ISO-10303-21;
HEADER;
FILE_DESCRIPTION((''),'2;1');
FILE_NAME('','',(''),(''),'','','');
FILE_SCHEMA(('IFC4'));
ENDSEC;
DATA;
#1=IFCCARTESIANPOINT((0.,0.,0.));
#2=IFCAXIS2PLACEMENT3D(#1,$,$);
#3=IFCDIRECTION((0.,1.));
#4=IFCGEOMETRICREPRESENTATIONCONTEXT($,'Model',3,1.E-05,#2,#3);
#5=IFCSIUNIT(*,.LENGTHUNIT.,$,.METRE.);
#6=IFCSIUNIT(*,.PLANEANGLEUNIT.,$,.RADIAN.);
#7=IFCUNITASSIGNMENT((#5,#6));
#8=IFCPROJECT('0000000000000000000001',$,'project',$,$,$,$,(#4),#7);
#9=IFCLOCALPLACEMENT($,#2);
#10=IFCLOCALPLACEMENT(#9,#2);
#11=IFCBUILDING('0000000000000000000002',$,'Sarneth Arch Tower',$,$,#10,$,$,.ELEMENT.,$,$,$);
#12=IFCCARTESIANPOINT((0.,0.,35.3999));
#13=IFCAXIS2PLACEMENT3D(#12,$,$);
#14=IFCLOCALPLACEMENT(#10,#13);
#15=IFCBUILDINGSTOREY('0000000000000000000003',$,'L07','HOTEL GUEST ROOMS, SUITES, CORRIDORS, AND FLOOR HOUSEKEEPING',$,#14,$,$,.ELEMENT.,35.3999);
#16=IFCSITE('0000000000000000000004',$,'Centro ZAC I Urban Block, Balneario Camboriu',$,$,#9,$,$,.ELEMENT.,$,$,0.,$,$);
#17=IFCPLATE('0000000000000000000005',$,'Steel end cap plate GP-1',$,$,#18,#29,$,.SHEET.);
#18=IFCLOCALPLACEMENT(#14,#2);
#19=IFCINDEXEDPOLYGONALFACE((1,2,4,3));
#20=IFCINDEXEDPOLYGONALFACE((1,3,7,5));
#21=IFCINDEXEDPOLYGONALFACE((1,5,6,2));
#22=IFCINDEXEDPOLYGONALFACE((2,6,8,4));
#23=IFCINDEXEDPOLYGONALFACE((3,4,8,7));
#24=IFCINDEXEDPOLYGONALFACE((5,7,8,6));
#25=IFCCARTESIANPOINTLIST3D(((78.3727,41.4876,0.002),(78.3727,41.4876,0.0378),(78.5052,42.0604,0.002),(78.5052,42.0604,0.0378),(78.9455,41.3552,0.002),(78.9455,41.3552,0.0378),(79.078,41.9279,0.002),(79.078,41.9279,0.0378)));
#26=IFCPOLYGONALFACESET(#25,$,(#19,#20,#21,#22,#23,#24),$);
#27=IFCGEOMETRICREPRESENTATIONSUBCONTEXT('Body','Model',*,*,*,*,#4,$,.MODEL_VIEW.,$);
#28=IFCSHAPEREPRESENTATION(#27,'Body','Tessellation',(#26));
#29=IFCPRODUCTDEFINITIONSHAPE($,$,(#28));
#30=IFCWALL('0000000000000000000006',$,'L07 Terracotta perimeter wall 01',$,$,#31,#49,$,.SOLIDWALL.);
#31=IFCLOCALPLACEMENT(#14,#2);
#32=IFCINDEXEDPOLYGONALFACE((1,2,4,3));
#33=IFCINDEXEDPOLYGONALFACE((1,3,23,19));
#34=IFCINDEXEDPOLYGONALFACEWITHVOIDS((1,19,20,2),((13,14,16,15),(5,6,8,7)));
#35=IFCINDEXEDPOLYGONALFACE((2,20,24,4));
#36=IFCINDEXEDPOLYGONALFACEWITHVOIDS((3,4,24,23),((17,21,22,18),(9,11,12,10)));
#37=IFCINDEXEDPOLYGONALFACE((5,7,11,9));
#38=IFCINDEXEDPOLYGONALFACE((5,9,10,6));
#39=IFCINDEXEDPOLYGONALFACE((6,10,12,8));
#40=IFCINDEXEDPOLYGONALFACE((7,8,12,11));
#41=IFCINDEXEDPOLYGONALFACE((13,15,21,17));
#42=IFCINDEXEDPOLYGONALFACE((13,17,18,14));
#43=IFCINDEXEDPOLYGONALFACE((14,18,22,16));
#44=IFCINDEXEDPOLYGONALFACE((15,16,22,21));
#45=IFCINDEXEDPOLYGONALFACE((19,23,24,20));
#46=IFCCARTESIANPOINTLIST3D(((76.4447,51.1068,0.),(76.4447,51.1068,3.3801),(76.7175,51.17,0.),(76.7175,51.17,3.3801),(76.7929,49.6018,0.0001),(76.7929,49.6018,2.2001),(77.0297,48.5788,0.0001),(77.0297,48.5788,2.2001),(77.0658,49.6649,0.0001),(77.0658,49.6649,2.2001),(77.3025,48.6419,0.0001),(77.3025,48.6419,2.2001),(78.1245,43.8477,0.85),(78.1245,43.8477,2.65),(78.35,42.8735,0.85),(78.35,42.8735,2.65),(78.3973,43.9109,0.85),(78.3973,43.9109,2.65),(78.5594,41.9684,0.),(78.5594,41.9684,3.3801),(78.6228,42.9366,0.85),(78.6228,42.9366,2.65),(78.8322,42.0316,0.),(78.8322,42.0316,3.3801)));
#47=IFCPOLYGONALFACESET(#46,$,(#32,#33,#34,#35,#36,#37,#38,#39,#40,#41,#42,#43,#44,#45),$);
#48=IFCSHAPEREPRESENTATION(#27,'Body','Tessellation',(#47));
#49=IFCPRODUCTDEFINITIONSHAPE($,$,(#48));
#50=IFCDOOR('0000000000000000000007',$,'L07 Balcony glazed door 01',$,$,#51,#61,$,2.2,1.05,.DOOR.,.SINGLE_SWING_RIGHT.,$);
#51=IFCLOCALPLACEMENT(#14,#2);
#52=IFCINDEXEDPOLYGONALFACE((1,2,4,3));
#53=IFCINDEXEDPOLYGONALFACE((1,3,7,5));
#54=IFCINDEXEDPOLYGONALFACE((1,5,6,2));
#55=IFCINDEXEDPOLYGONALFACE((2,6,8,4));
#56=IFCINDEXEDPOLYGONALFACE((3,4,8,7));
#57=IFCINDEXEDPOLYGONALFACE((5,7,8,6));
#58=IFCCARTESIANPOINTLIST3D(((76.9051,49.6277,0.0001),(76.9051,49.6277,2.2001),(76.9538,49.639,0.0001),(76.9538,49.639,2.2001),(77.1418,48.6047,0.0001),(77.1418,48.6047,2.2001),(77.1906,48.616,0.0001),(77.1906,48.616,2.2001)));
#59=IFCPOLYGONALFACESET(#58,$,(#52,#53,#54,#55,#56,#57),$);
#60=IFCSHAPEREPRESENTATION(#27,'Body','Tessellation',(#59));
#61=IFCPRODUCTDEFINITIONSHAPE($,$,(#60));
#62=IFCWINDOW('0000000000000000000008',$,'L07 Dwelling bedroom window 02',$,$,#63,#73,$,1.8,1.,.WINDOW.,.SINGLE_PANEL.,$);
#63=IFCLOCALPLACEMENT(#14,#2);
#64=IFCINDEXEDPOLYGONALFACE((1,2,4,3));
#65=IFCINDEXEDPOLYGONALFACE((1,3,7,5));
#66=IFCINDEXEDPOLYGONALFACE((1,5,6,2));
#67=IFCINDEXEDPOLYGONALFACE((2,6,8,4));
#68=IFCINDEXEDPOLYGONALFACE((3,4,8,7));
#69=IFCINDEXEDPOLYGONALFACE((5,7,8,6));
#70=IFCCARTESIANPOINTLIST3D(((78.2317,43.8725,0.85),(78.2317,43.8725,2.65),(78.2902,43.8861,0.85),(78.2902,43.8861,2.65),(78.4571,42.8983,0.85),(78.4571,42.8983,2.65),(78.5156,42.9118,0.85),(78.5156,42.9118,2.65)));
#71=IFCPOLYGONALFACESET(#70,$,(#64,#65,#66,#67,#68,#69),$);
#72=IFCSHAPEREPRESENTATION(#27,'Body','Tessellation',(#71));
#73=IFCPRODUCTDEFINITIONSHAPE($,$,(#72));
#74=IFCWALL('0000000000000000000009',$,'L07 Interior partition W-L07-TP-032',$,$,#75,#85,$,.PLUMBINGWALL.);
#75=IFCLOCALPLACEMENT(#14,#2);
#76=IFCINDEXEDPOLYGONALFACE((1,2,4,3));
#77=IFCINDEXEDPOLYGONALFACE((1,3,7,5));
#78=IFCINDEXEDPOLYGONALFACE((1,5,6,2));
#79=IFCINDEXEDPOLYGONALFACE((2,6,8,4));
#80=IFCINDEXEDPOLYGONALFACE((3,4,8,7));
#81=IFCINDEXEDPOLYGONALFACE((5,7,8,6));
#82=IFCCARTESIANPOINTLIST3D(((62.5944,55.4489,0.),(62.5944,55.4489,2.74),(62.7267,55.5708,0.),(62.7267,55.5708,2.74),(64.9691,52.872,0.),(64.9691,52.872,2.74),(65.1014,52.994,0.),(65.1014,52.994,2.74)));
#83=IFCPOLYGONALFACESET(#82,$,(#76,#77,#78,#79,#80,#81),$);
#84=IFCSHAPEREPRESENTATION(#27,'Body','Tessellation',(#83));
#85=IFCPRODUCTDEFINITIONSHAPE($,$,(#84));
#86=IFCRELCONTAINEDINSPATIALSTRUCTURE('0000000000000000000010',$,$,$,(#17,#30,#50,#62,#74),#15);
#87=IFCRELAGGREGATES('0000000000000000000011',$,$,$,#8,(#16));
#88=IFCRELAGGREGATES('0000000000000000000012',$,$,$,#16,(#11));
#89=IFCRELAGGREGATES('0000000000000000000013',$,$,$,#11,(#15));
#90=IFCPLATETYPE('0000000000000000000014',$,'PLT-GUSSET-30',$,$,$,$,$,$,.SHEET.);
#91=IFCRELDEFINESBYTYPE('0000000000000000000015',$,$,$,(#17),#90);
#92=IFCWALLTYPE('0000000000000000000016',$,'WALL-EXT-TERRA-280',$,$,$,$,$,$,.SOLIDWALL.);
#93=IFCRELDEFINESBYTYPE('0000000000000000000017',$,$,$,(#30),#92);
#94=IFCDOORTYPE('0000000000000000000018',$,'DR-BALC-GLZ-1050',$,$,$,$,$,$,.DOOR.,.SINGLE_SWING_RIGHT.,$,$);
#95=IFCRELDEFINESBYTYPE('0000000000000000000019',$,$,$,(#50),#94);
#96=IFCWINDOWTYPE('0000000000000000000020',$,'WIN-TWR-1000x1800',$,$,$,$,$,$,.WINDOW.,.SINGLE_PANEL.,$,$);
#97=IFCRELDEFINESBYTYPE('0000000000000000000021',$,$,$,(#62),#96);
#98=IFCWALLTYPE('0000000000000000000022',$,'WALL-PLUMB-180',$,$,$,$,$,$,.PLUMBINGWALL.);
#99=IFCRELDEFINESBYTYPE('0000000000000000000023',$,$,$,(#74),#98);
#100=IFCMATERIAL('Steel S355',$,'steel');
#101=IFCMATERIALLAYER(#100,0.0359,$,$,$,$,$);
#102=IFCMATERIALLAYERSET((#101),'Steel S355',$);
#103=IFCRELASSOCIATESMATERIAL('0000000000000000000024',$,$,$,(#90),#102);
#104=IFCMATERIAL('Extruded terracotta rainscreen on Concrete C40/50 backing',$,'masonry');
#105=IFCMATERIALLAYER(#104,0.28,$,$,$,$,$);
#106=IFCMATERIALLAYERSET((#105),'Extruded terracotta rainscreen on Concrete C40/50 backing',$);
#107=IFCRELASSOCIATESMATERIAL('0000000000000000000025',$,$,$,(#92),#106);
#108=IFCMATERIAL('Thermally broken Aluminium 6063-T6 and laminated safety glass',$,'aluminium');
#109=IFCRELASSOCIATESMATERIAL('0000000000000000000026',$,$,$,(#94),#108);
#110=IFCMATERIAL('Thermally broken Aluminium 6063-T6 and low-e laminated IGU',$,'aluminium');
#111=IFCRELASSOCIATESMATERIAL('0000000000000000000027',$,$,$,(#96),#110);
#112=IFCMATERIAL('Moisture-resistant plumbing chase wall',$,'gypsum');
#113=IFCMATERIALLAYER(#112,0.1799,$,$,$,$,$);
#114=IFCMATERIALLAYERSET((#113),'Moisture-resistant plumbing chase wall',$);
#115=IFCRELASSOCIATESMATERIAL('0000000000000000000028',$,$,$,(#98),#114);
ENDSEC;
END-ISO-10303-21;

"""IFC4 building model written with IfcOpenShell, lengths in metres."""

from ifc_helpers import new_model, si_unit, direction, frame, frame_2d, origin, origin_2d, place, context, subcontext, project, spatial, rectangle, extrude, material, layer, layer_set, type_object, element, fill, save


model = new_model("IFC4")

# Units and contexts
model_context = context("Model", 3, precision=1e-05, world=origin(), true_north=direction((0.0, 1.0)))
body_context = subcontext(model_context, "Body", "Model", "MODEL_VIEW")
ifc_project = project(units=[si_unit("LENGTHUNIT", "METRE"), si_unit("PLANEANGLEUNIT", "RADIAN")], contexts=[model_context])

# Site, building, storey
site_placement = place(None, origin())
site = spatial("IfcSite", under=ifc_project, at=site_placement, Name="Centro ZAC I Urban Block, Balneario Camboriu", CompositionType="ELEMENT", RefElevation=0.0)
building_placement = place(site_placement, origin())
building = spatial("IfcBuilding", under=site, at=building_placement, Name="Sarneth Arch Tower", CompositionType="ELEMENT")
storey_placement = place(building_placement, frame((0.0, 0.0, 35.3999)))
storey = spatial("IfcBuildingStorey", under=building, at=storey_placement, Name="L07", Description="HOTEL GUEST ROOMS, SUITES, CORRIDORS, AND FLOOR HOUSEKEEPING", CompositionType="ELEMENT", Elevation=35.3999)

# Plate
ifc_material_1 = material(Name="Steel S355", Category="steel")
ifc_layer_1 = layer(ifc_material_1, 0.0359)
ifc_layer_set_1 = layer_set([ifc_layer_1], Name="Steel S355")
plate_type_1 = type_object("IfcPlateType", Name="PLT-GUSSET-30", PredefinedType="SHEET", material=ifc_layer_set_1)
plate_1_placement = place(storey_placement, frame((78.7253, 41.7078, 0.002), z_axis=(0.0, 0.0, 1.0), x_axis=(0.225291, 0.974291, 0.0)))
element("IfcPlate", 1, at=plate_1_placement, inside=storey, type_object=plate_type_1, Name="Steel end cap plate GP-1", PredefinedType="SHEET", context=body_context, shape_type="SweptSolid", body=[
    extrude(rectangle(XDim=0.5879, YDim=0.5879, at=origin_2d()), origin(), (0.0, 0.0, 1.0), 0.0359),
])

# Wall, openings, door, window
ifc_material_2 = material(Name="Extruded terracotta rainscreen on Concrete C40/50 backing", Category="masonry")
ifc_layer_2 = layer(ifc_material_2, 0.28)
ifc_layer_set_2 = layer_set([ifc_layer_2], Name="Extruded terracotta rainscreen on Concrete C40/50 backing")
wall_type_1 = type_object("IfcWallType", Name="WALL-EXT-TERRA-280", PredefinedType="SOLIDWALL", material=ifc_layer_set_2)
wall_1_placement = place(storey_placement, frame((78.6958, 42.0, 0.0), z_axis=(0.0, 0.0, 1.0), x_axis=(-0.225454, 0.974254, 0.0)))
wall_1 = element("IfcWall", 2, at=wall_1_placement, inside=storey, type_object=wall_type_1, Name="L07 Terracotta perimeter wall 01", PredefinedType="SOLIDWALL", context=body_context, shape_type="SweptSolid", body=[
    extrude(rectangle(XDim=9.3799, YDim=0.28, at=frame_2d((4.6899, 0.0))), origin(), (0.0, 0.0, 1.0), 3.3801),
])
opening_1_placement = place(wall_1_placement, frame((6.7852, 0.0, 0.0)))
opening_1 = element("IfcOpeningElement", 3, at=opening_1_placement, cuts=wall_1, PredefinedType="OPENING", context=body_context, shape_type="SweptSolid", body=[
    extrude(rectangle(XDim=1.05, YDim=2.2, at=frame_2d((0.5249, 1.1001))), frame((0.0, 0.1499, 0.0), z_axis=(0.0, -1.0, 0.0), x_axis=(1.0, 0.0, 0.0)), (0.0, 0.0, 1.0), 0.3),
])
opening_2_placement = place(wall_1_placement, frame((0.929, 0.0, 0.8501)))
opening_2 = element("IfcOpeningElement", 4, at=opening_2_placement, cuts=wall_1, PredefinedType="OPENING", context=body_context, shape_type="SweptSolid", body=[
    extrude(rectangle(XDim=1.0, YDim=1.8, at=frame_2d((0.5, 0.8999))), frame((0.0, 0.1499, 0.0), z_axis=(0.0, -1.0, 0.0), x_axis=(1.0, 0.0, 0.0)), (0.0, 0.0, 1.0), 0.3),
])
ifc_material_3 = material(Name="Thermally broken Aluminium 6063-T6 and laminated safety glass", Category="aluminium")
door_type = type_object("IfcDoorType", Name="DR-BALC-GLZ-1050", OperationType="SINGLE_SWING_RIGHT", PredefinedType="DOOR", material=ifc_material_3)
door_placement = place(opening_1_placement, origin())
door = element("IfcDoor", 5, at=door_placement, inside=storey, type_object=door_type, Name="L07 Balcony glazed door 01", OperationType="SINGLE_SWING_RIGHT", OverallHeight=2.2, OverallWidth=1.05, PredefinedType="DOOR", context=body_context, shape_type="SweptSolid", body=[
    extrude(rectangle(XDim=1.05, YDim=2.2, at=frame_2d((0.5249, 1.1001))), frame((0.0, 0.0249, 0.0), z_axis=(0.0, -1.0, 0.0), x_axis=(1.0, 0.0, 0.0)), (0.0, 0.0, 1.0), 0.05),
])
fill(opening_1, door)
ifc_material_4 = material(Name="Thermally broken Aluminium 6063-T6 and low-e laminated IGU", Category="aluminium")
window_type = type_object("IfcWindowType", Name="WIN-TWR-1000x1800", PartitioningType="SINGLE_PANEL", PredefinedType="WINDOW", material=ifc_material_4)
window_placement = place(opening_2_placement, origin())
window = element("IfcWindow", 6, at=window_placement, inside=storey, type_object=window_type, Name="L07 Dwelling bedroom window 02", OverallHeight=1.8, OverallWidth=1.0, PartitioningType="SINGLE_PANEL", PredefinedType="WINDOW", context=body_context, shape_type="SweptSolid", body=[
    extrude(rectangle(XDim=1.0, YDim=1.8, at=frame_2d((0.5, 0.8999))), frame((0.0, 0.03, 0.0), z_axis=(0.0, -1.0, 0.0), x_axis=(1.0, 0.0, 0.0)), (0.0, 0.0, 1.0), 0.0601),
])
fill(opening_2, window)

# Wall
ifc_material_5 = material(Name="Moisture-resistant plumbing chase wall", Category="gypsum")
ifc_layer_3 = layer(ifc_material_5, 0.1799)
ifc_layer_set_3 = layer_set([ifc_layer_3], Name="Moisture-resistant plumbing chase wall")
wall_type_2 = type_object("IfcWallType", Name="WALL-PLUMB-180", PredefinedType="PLUMBINGWALL", material=ifc_layer_set_3)
wall_2_placement = place(storey_placement, frame((65.0352, 52.9331, 0.0), z_axis=(0.0, 0.0, 1.0), x_axis=(-0.677675, 0.735361, 0.0)))
element("IfcWall", 7, at=wall_2_placement, inside=storey, type_object=wall_type_2, Name="L07 Interior partition W-L07-TP-032", PredefinedType="PLUMBINGWALL", context=body_context, shape_type="SweptSolid", body=[
    extrude(rectangle(XDim=3.5042, YDim=0.1799, at=frame_2d((1.752, 0.0))), origin(), (0.0, 0.0, 1.0), 2.74),
])

save(model, "model.ifc")
